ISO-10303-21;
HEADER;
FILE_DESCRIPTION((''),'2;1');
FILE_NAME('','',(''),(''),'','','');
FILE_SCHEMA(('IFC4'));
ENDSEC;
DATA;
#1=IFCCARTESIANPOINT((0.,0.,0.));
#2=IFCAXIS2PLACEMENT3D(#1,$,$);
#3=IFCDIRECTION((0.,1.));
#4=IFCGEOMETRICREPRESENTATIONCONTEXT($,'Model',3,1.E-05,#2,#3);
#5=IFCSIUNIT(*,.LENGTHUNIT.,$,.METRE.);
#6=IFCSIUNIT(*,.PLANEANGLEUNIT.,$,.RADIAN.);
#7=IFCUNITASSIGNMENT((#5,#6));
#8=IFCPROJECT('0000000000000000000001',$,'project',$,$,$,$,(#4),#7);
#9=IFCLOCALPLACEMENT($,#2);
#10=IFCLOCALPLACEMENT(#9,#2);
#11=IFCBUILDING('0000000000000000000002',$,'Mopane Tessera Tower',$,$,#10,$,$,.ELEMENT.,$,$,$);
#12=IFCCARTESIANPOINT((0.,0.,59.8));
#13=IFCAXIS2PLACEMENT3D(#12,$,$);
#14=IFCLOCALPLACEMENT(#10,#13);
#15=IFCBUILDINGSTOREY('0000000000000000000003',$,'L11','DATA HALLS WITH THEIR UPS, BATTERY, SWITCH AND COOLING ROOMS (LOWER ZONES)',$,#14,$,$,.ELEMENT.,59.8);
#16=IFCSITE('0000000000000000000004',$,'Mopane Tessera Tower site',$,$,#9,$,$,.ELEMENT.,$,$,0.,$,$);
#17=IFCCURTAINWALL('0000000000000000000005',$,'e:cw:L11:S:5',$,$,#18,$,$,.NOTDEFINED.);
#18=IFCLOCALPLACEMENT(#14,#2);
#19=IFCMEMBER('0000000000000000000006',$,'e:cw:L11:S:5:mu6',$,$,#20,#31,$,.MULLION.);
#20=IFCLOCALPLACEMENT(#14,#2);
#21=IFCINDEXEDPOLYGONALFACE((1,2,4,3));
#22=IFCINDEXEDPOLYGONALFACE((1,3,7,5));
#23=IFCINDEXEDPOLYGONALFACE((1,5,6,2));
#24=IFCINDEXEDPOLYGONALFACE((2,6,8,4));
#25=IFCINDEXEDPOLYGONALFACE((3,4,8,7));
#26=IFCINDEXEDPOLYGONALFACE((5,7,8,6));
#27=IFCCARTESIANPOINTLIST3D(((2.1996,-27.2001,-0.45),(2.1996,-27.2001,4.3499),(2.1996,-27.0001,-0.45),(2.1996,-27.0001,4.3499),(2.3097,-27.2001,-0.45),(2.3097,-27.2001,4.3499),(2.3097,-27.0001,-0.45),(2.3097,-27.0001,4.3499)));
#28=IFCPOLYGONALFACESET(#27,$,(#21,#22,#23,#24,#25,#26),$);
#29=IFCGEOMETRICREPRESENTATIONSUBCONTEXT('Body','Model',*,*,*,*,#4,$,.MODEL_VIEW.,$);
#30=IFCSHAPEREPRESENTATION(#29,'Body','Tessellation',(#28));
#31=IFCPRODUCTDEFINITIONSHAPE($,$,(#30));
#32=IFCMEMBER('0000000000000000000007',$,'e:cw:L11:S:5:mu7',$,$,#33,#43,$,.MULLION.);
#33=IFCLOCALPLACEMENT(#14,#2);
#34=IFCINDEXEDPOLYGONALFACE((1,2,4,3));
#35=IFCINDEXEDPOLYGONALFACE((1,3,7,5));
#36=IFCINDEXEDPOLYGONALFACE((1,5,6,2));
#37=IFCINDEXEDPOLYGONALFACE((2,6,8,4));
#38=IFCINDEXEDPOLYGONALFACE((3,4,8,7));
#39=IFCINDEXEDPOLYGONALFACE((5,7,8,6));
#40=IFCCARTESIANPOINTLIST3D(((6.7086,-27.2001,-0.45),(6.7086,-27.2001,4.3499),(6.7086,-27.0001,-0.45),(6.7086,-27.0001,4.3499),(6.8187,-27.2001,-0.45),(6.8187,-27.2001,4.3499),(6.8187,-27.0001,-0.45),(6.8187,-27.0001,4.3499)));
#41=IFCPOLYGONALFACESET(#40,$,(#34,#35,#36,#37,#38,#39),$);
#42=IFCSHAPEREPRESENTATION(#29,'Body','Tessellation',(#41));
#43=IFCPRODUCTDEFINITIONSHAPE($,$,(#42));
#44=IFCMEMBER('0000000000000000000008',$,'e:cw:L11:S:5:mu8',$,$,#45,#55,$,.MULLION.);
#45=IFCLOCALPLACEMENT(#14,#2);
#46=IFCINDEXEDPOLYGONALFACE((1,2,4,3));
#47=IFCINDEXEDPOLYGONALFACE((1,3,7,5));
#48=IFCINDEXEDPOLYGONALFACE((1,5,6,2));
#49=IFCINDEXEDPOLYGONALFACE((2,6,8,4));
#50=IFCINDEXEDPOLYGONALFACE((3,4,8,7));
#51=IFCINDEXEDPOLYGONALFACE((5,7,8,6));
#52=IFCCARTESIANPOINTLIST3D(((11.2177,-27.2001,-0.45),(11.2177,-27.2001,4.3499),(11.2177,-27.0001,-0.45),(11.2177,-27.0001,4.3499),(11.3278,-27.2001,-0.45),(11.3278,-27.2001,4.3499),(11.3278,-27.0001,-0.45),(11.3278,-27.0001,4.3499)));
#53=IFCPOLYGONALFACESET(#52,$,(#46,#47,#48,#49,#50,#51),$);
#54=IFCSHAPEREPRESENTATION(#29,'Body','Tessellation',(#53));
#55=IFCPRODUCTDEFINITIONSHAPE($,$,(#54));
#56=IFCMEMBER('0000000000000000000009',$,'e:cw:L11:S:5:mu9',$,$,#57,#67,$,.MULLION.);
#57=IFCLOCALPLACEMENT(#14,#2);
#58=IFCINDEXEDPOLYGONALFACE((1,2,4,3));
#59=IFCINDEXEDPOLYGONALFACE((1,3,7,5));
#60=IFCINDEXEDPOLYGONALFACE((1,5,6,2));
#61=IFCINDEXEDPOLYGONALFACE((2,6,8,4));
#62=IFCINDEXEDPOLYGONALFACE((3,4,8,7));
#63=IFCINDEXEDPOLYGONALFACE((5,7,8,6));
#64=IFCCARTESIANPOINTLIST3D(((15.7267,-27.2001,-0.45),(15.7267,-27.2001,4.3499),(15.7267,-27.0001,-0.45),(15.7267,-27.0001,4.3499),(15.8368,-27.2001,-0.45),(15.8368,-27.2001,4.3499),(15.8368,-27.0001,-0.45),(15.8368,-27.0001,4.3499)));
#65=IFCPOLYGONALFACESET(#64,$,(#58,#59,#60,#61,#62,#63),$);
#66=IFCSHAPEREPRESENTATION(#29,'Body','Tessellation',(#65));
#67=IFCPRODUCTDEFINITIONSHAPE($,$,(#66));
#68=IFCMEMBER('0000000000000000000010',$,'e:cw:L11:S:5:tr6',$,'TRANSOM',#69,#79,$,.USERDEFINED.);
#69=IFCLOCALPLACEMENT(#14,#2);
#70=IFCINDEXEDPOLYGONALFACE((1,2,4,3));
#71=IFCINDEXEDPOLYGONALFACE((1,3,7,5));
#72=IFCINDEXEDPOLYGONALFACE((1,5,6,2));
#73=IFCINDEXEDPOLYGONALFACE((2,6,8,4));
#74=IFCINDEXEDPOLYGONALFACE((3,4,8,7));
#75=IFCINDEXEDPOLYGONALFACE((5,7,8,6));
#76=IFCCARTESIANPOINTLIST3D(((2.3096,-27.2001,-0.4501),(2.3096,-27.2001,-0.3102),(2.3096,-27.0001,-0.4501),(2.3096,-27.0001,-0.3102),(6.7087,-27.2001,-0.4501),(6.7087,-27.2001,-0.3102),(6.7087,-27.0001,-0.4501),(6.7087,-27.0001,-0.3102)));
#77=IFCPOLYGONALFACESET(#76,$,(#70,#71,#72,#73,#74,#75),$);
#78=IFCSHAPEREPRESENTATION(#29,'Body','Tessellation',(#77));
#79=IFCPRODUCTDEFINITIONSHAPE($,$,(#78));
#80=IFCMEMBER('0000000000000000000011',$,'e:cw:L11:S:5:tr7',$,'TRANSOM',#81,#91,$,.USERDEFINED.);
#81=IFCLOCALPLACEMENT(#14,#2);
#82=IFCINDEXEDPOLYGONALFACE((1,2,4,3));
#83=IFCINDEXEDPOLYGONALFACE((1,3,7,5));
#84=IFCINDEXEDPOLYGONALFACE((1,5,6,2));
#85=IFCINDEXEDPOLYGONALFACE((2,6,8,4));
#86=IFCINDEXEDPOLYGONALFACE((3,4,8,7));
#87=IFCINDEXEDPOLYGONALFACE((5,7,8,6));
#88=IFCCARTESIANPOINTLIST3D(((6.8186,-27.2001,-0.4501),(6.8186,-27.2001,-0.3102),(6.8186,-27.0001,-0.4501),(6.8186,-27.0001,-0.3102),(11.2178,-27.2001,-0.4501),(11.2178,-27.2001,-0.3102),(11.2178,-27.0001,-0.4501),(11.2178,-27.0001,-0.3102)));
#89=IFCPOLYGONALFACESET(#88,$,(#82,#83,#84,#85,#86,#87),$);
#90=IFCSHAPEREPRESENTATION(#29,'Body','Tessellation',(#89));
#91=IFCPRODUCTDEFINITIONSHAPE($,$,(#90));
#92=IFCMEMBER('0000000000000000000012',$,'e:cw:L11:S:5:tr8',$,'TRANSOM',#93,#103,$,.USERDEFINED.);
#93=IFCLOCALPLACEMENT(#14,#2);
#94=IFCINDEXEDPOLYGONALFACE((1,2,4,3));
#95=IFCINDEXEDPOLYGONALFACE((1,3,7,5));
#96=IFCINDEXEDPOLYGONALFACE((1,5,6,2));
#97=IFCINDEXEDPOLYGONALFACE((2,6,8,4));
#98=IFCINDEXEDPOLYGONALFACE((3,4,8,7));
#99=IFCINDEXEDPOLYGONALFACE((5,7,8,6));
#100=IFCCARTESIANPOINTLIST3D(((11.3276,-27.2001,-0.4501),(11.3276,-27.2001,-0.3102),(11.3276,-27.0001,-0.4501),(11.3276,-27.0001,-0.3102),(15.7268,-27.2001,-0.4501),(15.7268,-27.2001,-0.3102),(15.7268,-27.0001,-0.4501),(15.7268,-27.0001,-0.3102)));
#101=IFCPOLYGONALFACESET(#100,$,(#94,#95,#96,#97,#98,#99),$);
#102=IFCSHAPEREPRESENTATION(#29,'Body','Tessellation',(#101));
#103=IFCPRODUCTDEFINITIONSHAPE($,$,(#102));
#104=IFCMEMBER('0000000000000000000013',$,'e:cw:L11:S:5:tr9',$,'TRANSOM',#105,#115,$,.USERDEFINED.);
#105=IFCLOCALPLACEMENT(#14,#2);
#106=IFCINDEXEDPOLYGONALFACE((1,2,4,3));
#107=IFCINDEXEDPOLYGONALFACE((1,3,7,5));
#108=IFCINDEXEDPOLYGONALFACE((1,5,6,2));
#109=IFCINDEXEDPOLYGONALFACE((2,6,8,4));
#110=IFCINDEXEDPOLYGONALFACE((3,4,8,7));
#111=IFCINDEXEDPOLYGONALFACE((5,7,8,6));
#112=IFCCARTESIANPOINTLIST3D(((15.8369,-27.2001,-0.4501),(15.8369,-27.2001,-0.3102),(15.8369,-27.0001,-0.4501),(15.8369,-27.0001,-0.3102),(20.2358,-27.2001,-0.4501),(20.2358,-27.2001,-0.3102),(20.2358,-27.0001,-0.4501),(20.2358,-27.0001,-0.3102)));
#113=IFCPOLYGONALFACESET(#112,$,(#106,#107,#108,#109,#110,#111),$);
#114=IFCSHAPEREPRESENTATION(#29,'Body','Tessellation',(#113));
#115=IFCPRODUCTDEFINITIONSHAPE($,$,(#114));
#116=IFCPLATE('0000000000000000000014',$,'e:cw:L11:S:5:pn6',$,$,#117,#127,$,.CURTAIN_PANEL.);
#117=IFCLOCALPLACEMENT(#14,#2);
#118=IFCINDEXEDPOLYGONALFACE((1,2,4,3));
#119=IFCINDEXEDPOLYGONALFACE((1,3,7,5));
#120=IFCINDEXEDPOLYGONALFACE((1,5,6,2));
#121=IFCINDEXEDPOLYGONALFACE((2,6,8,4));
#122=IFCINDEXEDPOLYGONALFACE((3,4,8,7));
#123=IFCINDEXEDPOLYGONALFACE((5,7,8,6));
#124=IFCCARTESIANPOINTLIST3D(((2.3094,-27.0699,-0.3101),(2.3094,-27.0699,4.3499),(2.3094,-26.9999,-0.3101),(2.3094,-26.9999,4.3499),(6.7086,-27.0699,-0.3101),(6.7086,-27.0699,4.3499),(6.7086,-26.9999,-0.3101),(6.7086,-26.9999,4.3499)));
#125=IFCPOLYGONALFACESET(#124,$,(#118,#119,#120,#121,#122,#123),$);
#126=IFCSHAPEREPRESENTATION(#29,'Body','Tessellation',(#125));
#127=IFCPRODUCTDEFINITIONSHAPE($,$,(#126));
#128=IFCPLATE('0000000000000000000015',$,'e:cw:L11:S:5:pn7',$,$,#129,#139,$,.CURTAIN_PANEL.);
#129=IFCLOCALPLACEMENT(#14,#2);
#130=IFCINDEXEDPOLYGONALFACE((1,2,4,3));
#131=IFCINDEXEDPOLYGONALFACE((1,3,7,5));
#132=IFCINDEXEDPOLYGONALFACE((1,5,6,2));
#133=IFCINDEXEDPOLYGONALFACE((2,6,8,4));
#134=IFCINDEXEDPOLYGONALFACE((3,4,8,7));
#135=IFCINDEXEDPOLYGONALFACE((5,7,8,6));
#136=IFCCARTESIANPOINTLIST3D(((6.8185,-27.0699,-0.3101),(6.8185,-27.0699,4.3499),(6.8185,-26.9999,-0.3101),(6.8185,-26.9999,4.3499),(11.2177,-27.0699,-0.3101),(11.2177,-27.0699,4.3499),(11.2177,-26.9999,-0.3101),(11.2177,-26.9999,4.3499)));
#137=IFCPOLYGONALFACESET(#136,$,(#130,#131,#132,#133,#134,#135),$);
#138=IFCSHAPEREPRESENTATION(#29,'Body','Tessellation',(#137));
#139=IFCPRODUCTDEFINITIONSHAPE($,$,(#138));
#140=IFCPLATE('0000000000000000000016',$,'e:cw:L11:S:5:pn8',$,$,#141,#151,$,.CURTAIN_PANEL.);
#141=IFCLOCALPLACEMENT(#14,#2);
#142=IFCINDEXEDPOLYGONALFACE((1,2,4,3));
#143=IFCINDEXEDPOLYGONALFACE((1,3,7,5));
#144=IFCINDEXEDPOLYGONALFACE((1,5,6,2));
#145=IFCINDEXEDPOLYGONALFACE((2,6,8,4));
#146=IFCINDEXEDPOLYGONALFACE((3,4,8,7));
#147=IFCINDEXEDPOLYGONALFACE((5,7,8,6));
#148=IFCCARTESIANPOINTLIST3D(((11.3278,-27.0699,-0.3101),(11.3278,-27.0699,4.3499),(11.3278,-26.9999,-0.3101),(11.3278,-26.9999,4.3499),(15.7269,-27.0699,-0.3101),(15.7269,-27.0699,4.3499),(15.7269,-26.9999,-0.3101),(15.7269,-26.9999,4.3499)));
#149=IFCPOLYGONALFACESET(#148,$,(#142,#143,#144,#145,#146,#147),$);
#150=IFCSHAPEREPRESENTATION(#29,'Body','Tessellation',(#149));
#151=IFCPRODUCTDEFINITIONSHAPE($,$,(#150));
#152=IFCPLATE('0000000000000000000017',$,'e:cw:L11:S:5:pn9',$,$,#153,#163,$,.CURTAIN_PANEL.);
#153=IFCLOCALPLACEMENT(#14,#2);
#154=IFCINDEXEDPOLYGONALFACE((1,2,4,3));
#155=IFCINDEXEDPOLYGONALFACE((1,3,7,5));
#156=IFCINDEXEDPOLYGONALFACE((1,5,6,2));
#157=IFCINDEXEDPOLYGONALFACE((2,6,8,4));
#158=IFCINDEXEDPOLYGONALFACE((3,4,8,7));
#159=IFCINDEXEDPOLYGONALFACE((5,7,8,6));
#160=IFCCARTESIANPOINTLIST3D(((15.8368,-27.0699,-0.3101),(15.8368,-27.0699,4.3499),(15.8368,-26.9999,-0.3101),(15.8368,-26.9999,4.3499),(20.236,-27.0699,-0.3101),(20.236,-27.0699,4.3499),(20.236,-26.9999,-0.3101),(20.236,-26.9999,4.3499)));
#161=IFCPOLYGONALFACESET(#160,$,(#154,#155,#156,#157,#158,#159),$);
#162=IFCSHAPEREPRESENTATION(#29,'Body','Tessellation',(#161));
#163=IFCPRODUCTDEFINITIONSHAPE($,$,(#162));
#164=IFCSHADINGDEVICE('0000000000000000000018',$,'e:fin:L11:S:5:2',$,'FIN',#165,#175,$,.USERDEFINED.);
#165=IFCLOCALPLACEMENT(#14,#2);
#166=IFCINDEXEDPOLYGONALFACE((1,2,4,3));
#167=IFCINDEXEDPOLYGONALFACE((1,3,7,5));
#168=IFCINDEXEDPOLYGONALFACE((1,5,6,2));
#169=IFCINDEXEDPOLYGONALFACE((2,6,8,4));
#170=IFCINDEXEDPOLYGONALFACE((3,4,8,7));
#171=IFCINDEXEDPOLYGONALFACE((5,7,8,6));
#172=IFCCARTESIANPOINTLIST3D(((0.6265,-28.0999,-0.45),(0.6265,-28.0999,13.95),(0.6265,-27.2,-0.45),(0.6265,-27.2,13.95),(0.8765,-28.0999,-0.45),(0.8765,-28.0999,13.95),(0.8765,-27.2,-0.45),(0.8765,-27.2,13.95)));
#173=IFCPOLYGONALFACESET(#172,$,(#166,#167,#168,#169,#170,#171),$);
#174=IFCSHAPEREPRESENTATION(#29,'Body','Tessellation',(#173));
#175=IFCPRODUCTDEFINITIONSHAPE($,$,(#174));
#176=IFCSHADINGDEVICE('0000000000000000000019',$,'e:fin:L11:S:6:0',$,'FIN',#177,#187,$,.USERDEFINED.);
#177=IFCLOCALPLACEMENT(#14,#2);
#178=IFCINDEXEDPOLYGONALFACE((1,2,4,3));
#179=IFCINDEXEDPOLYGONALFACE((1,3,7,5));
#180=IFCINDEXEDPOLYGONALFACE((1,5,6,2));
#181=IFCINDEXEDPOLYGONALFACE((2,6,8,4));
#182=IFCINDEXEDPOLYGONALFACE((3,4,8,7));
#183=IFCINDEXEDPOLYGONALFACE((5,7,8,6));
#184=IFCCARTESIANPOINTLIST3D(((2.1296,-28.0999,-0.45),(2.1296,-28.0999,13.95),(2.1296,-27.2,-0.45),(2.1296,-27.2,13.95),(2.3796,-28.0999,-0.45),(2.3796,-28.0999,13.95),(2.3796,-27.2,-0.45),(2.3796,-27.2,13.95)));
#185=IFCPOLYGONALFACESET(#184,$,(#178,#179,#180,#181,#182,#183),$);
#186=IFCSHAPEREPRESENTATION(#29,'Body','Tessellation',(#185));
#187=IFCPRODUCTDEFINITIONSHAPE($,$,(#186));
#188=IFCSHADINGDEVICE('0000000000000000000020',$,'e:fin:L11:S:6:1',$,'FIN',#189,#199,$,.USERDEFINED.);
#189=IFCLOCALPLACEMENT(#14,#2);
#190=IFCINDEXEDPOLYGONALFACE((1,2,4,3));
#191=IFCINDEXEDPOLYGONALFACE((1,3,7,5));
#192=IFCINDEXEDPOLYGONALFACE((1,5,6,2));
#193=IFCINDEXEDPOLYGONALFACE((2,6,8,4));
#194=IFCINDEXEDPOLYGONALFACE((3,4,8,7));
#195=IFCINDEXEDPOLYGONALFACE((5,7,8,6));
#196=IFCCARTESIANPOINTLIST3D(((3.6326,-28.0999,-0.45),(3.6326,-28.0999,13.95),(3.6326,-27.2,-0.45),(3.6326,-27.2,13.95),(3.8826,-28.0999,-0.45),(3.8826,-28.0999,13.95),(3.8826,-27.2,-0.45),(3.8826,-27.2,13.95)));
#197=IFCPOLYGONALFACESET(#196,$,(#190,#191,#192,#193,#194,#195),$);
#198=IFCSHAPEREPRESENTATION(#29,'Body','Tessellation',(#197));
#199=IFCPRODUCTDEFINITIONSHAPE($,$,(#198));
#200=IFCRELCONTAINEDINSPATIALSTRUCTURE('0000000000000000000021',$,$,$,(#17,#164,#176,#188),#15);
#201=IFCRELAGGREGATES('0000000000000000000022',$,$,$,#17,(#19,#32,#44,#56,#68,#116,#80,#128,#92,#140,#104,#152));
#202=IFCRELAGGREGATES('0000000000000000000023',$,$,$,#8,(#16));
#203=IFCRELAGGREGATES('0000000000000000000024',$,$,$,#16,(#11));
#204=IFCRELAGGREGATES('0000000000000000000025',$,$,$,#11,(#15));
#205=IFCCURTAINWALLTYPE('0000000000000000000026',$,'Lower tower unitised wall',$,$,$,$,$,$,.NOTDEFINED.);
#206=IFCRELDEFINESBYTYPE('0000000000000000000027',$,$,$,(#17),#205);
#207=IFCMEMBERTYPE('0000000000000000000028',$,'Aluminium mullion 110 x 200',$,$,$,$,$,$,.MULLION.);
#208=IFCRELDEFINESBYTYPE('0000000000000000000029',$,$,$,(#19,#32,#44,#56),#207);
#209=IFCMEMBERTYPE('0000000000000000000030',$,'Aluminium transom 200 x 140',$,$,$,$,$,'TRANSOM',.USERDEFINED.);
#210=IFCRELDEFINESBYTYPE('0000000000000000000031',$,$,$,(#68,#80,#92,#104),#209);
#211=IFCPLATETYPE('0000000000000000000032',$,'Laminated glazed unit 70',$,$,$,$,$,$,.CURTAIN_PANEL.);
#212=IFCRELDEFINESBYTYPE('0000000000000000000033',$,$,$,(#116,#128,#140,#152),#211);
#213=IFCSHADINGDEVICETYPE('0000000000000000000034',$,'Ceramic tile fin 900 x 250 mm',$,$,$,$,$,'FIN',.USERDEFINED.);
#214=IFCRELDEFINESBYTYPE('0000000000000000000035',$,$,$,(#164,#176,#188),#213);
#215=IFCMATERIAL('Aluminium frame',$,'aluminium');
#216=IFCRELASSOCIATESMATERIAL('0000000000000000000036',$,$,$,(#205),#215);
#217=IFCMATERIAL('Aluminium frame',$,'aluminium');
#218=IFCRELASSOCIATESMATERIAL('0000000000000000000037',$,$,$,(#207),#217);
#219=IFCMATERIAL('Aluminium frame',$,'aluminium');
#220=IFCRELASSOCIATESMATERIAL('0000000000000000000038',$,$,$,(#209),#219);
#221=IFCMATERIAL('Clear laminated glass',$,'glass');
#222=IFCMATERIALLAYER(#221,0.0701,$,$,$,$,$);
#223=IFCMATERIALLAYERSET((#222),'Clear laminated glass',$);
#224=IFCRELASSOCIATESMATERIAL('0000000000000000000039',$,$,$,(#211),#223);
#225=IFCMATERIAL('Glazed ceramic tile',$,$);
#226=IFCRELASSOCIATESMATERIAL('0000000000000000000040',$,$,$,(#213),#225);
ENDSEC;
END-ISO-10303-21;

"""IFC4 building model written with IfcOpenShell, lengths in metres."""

from ifc_helpers import new_model, si_unit, direction, frame, origin, origin_2d, place, context, subcontext, project, spatial, rectangle, extrude, material, layer, layer_set, material_profile, profile_set, type_object, element, aggregate, save


model = new_model("IFC4")

# Units and contexts
model_context = context("Model", 3, precision=1e-05, world=origin(), true_north=direction((0.0, 1.0)))
body_context = subcontext(model_context, "Body", "Model", "MODEL_VIEW")
ifc_project = project(units=[si_unit("LENGTHUNIT", "METRE"), si_unit("PLANEANGLEUNIT", "RADIAN")], contexts=[model_context])

# Site, building, storey
site_placement = place(None, origin())
site = spatial("IfcSite", under=ifc_project, at=site_placement, Name="Mopane Tessera Tower site", CompositionType="ELEMENT", RefElevation=0.0)
building_placement = place(site_placement, origin())
building = spatial("IfcBuilding", under=site, at=building_placement, Name="Mopane Tessera Tower", CompositionType="ELEMENT")
storey_placement = place(building_placement, frame((0.0, 0.0, 59.8)))
storey = spatial("IfcBuildingStorey", under=building, at=storey_placement, Name="L11", Description="DATA HALLS WITH THEIR UPS, BATTERY, SWITCH AND COOLING ROOMS (LOWER ZONES)", CompositionType="ELEMENT", Elevation=59.8)

# Curtain wall, members, plates
ifc_material_1 = material(Name="Aluminium frame", Category="aluminium")
curtain_wall_type = type_object("IfcCurtainWallType", Name="Lower tower unitised wall", PredefinedType="NOTDEFINED", material=ifc_material_1)
curtain_wall_placement = place(storey_placement, origin())
curtain_wall = element("IfcCurtainWall", 1, at=curtain_wall_placement, inside=storey, type_object=curtain_wall_type, Name="e:cw:L11:S:5", PredefinedType="NOTDEFINED")
ifc_material_2 = material(Name="Aluminium frame", Category="aluminium")
ifc_material_profile_1 = material_profile(ifc_material_2, rectangle(XDim=0.1101, YDim=0.2, at=origin_2d()))
ifc_profile_set_1 = profile_set([ifc_material_profile_1], Name="Aluminium frame")
member_type_1 = type_object("IfcMemberType", Name="Aluminium mullion 110 x 200", PredefinedType="MULLION", material=ifc_profile_set_1)
member_1_placement = place(storey_placement, frame((2.2546, -27.1001, -0.45), z_axis=(0.0, 0.0, 1.0), x_axis=(1.0, 0.0, 0.0)))
member_1 = element("IfcMember", 2, at=member_1_placement, type_object=member_type_1, Name="e:cw:L11:S:5:mu6", PredefinedType="MULLION", context=body_context, shape_type="SweptSolid", body=[
    extrude(rectangle(XDim=0.1101, YDim=0.2, at=origin_2d()), origin(), (0.0, 0.0, 1.0), 4.7998),
])
member_2_placement = place(storey_placement, frame((6.7637, -27.1001, -0.45), z_axis=(0.0, 0.0, 1.0), x_axis=(1.0, 0.0, 0.0)))
member_2 = element("IfcMember", 3, at=member_2_placement, type_object=member_type_1, Name="e:cw:L11:S:5:mu7", PredefinedType="MULLION", context=body_context, shape_type="SweptSolid", body=[
    extrude(rectangle(XDim=0.1101, YDim=0.2, at=origin_2d()), origin(), (0.0, 0.0, 1.0), 4.7998),
])
member_3_placement = place(storey_placement, frame((11.2727, -27.1001, -0.45), z_axis=(0.0, 0.0, 1.0), x_axis=(1.0, 0.0, 0.0)))
member_3 = element("IfcMember", 4, at=member_3_placement, type_object=member_type_1, Name="e:cw:L11:S:5:mu8", PredefinedType="MULLION", context=body_context, shape_type="SweptSolid", body=[
    extrude(rectangle(XDim=0.1101, YDim=0.2, at=origin_2d()), origin(), (0.0, 0.0, 1.0), 4.7998),
])
member_4_placement = place(storey_placement, frame((15.7817, -27.1001, -0.45), z_axis=(0.0, 0.0, 1.0), x_axis=(1.0, 0.0, 0.0)))
member_4 = element("IfcMember", 5, at=member_4_placement, type_object=member_type_1, Name="e:cw:L11:S:5:mu9", PredefinedType="MULLION", context=body_context, shape_type="SweptSolid", body=[
    extrude(rectangle(XDim=0.1101, YDim=0.2, at=origin_2d()), origin(), (0.0, 0.0, 1.0), 4.7998),
])
ifc_material_3 = material(Name="Aluminium frame", Category="aluminium")
ifc_material_profile_2 = material_profile(ifc_material_3, rectangle(XDim=0.2, YDim=0.1399, at=origin_2d()))
ifc_profile_set_2 = profile_set([ifc_material_profile_2], Name="Aluminium frame")
member_type_2 = type_object("IfcMemberType", Name="Aluminium transom 200 x 140", ElementType="TRANSOM", PredefinedType="USERDEFINED", material=ifc_profile_set_2)
member_5_placement = place(storey_placement, frame((2.3096, -27.1001, -0.3801), z_axis=(1.0, 0.0, 0.0), x_axis=(0.0, 1.0, 0.0)))
member_5 = element("IfcMember", 6, at=member_5_placement, type_object=member_type_2, Name="e:cw:L11:S:5:tr6", ObjectType="TRANSOM", PredefinedType="USERDEFINED", context=body_context, shape_type="SweptSolid", body=[
    extrude(rectangle(XDim=0.2, YDim=0.1399, at=origin_2d()), origin(), (0.0, 0.0, 1.0), 4.3992),
])
member_6_placement = place(storey_placement, frame((6.8186, -27.1001, -0.3801), z_axis=(1.0, 0.0, 0.0), x_axis=(0.0, 1.0, 0.0)))
member_6 = element("IfcMember", 7, at=member_6_placement, type_object=member_type_2, Name="e:cw:L11:S:5:tr7", ObjectType="TRANSOM", PredefinedType="USERDEFINED", context=body_context, shape_type="SweptSolid", body=[
    extrude(rectangle(XDim=0.2, YDim=0.1399, at=origin_2d()), origin(), (0.0, 0.0, 1.0), 4.3992),
])
member_7_placement = place(storey_placement, frame((11.3276, -27.1001, -0.3801), z_axis=(1.0, 0.0, 0.0), x_axis=(0.0, 1.0, 0.0)))
member_7 = element("IfcMember", 8, at=member_7_placement, type_object=member_type_2, Name="e:cw:L11:S:5:tr8", ObjectType="TRANSOM", PredefinedType="USERDEFINED", context=body_context, shape_type="SweptSolid", body=[
    extrude(rectangle(XDim=0.2, YDim=0.1399, at=origin_2d()), origin(), (0.0, 0.0, 1.0), 4.3992),
])
member_8_placement = place(storey_placement, frame((15.8369, -27.1001, -0.3801), z_axis=(1.0, 0.0, 0.0), x_axis=(0.0, 1.0, 0.0)))
member_8 = element("IfcMember", 9, at=member_8_placement, type_object=member_type_2, Name="e:cw:L11:S:5:tr9", ObjectType="TRANSOM", PredefinedType="USERDEFINED", context=body_context, shape_type="SweptSolid", body=[
    extrude(rectangle(XDim=0.2, YDim=0.1399, at=origin_2d()), origin(), (0.0, 0.0, 1.0), 4.3989),
])
ifc_material_4 = material(Name="Clear laminated glass", Category="glass")
ifc_layer = layer(ifc_material_4, 0.0701)
ifc_layer_set = layer_set([ifc_layer], Name="Clear laminated glass")
plate_type = type_object("IfcPlateType", Name="Laminated glazed unit 70", PredefinedType="CURTAIN_PANEL", material=ifc_layer_set)
plate_1_placement = place(storey_placement, frame((4.509, -27.0349, -0.3101), z_axis=(0.0, 0.0, 1.0), x_axis=(1.0, 0.0, 0.0)))
plate_1 = element("IfcPlate", 10, at=plate_1_placement, type_object=plate_type, Name="e:cw:L11:S:5:pn6", PredefinedType="CURTAIN_PANEL", context=body_context, shape_type="SweptSolid", body=[
    extrude(rectangle(XDim=4.3992, YDim=0.0701, at=origin_2d()), origin(), (0.0, 0.0, 1.0), 4.6599),
])
plate_2_placement = place(storey_placement, frame((9.0181, -27.0349, -0.3101), z_axis=(0.0, 0.0, 1.0), x_axis=(1.0, 0.0, 0.0)))
plate_2 = element("IfcPlate", 11, at=plate_2_placement, type_object=plate_type, Name="e:cw:L11:S:5:pn7", PredefinedType="CURTAIN_PANEL", context=body_context, shape_type="SweptSolid", body=[
    extrude(rectangle(XDim=4.3992, YDim=0.0701, at=origin_2d()), origin(), (0.0, 0.0, 1.0), 4.6599),
])
plate_3_placement = place(storey_placement, frame((13.5273, -27.0349, -0.3101), z_axis=(0.0, 0.0, 1.0), x_axis=(1.0, 0.0, 0.0)))
plate_3 = element("IfcPlate", 12, at=plate_3_placement, type_object=plate_type, Name="e:cw:L11:S:5:pn8", PredefinedType="CURTAIN_PANEL", context=body_context, shape_type="SweptSolid", body=[
    extrude(rectangle(XDim=4.3992, YDim=0.0701, at=origin_2d()), origin(), (0.0, 0.0, 1.0), 4.6599),
])
plate_4_placement = place(storey_placement, frame((18.0364, -27.0349, -0.3101), z_axis=(0.0, 0.0, 1.0), x_axis=(1.0, 0.0, 0.0)))
plate_4 = element("IfcPlate", 13, at=plate_4_placement, type_object=plate_type, Name="e:cw:L11:S:5:pn9", PredefinedType="CURTAIN_PANEL", context=body_context, shape_type="SweptSolid", body=[
    extrude(rectangle(XDim=4.3992, YDim=0.0701, at=origin_2d()), origin(), (0.0, 0.0, 1.0), 4.6599),
])
aggregate(curtain_wall, [member_1, member_2, member_3, member_4, member_5, plate_1, member_6, plate_2, member_7, plate_3, member_8, plate_4])

# Shading devices
ifc_material_5 = material(Name="Glazed ceramic tile")
shading_device_type = type_object("IfcShadingDeviceType", Name="Ceramic tile fin 900 x 250 mm", ElementType="FIN", PredefinedType="USERDEFINED", material=ifc_material_5)
for number, where, z_axis, x_axis, name in (
    (14, (0.7515, -27.6499, -0.45), (0.0, 0.0, 1.0), (1.0, 0.0, 0.0), "e:fin:L11:S:5:2"),
    (15, (2.2546, -27.6499, -0.45), (0.0, 0.0, 1.0), (1.0, 0.0, 0.0), "e:fin:L11:S:6:0"),
    (16, (3.7576, -27.6499, -0.45), (0.0, 0.0, 1.0), (1.0, 0.0, 0.0), "e:fin:L11:S:6:1"),
):
    element("IfcShadingDevice", number, at=place(storey_placement, frame(where, z_axis=z_axis, x_axis=x_axis)), inside=storey, type_object=shading_device_type, Name=name, ObjectType="FIN", PredefinedType="USERDEFINED", context=body_context, shape_type="SweptSolid", body=[
        extrude(rectangle(XDim=0.25, YDim=0.8999, at=origin_2d()), origin(), (0.0, 0.0, 1.0), 14.3999),
    ])

save(model, "model.ifc")
